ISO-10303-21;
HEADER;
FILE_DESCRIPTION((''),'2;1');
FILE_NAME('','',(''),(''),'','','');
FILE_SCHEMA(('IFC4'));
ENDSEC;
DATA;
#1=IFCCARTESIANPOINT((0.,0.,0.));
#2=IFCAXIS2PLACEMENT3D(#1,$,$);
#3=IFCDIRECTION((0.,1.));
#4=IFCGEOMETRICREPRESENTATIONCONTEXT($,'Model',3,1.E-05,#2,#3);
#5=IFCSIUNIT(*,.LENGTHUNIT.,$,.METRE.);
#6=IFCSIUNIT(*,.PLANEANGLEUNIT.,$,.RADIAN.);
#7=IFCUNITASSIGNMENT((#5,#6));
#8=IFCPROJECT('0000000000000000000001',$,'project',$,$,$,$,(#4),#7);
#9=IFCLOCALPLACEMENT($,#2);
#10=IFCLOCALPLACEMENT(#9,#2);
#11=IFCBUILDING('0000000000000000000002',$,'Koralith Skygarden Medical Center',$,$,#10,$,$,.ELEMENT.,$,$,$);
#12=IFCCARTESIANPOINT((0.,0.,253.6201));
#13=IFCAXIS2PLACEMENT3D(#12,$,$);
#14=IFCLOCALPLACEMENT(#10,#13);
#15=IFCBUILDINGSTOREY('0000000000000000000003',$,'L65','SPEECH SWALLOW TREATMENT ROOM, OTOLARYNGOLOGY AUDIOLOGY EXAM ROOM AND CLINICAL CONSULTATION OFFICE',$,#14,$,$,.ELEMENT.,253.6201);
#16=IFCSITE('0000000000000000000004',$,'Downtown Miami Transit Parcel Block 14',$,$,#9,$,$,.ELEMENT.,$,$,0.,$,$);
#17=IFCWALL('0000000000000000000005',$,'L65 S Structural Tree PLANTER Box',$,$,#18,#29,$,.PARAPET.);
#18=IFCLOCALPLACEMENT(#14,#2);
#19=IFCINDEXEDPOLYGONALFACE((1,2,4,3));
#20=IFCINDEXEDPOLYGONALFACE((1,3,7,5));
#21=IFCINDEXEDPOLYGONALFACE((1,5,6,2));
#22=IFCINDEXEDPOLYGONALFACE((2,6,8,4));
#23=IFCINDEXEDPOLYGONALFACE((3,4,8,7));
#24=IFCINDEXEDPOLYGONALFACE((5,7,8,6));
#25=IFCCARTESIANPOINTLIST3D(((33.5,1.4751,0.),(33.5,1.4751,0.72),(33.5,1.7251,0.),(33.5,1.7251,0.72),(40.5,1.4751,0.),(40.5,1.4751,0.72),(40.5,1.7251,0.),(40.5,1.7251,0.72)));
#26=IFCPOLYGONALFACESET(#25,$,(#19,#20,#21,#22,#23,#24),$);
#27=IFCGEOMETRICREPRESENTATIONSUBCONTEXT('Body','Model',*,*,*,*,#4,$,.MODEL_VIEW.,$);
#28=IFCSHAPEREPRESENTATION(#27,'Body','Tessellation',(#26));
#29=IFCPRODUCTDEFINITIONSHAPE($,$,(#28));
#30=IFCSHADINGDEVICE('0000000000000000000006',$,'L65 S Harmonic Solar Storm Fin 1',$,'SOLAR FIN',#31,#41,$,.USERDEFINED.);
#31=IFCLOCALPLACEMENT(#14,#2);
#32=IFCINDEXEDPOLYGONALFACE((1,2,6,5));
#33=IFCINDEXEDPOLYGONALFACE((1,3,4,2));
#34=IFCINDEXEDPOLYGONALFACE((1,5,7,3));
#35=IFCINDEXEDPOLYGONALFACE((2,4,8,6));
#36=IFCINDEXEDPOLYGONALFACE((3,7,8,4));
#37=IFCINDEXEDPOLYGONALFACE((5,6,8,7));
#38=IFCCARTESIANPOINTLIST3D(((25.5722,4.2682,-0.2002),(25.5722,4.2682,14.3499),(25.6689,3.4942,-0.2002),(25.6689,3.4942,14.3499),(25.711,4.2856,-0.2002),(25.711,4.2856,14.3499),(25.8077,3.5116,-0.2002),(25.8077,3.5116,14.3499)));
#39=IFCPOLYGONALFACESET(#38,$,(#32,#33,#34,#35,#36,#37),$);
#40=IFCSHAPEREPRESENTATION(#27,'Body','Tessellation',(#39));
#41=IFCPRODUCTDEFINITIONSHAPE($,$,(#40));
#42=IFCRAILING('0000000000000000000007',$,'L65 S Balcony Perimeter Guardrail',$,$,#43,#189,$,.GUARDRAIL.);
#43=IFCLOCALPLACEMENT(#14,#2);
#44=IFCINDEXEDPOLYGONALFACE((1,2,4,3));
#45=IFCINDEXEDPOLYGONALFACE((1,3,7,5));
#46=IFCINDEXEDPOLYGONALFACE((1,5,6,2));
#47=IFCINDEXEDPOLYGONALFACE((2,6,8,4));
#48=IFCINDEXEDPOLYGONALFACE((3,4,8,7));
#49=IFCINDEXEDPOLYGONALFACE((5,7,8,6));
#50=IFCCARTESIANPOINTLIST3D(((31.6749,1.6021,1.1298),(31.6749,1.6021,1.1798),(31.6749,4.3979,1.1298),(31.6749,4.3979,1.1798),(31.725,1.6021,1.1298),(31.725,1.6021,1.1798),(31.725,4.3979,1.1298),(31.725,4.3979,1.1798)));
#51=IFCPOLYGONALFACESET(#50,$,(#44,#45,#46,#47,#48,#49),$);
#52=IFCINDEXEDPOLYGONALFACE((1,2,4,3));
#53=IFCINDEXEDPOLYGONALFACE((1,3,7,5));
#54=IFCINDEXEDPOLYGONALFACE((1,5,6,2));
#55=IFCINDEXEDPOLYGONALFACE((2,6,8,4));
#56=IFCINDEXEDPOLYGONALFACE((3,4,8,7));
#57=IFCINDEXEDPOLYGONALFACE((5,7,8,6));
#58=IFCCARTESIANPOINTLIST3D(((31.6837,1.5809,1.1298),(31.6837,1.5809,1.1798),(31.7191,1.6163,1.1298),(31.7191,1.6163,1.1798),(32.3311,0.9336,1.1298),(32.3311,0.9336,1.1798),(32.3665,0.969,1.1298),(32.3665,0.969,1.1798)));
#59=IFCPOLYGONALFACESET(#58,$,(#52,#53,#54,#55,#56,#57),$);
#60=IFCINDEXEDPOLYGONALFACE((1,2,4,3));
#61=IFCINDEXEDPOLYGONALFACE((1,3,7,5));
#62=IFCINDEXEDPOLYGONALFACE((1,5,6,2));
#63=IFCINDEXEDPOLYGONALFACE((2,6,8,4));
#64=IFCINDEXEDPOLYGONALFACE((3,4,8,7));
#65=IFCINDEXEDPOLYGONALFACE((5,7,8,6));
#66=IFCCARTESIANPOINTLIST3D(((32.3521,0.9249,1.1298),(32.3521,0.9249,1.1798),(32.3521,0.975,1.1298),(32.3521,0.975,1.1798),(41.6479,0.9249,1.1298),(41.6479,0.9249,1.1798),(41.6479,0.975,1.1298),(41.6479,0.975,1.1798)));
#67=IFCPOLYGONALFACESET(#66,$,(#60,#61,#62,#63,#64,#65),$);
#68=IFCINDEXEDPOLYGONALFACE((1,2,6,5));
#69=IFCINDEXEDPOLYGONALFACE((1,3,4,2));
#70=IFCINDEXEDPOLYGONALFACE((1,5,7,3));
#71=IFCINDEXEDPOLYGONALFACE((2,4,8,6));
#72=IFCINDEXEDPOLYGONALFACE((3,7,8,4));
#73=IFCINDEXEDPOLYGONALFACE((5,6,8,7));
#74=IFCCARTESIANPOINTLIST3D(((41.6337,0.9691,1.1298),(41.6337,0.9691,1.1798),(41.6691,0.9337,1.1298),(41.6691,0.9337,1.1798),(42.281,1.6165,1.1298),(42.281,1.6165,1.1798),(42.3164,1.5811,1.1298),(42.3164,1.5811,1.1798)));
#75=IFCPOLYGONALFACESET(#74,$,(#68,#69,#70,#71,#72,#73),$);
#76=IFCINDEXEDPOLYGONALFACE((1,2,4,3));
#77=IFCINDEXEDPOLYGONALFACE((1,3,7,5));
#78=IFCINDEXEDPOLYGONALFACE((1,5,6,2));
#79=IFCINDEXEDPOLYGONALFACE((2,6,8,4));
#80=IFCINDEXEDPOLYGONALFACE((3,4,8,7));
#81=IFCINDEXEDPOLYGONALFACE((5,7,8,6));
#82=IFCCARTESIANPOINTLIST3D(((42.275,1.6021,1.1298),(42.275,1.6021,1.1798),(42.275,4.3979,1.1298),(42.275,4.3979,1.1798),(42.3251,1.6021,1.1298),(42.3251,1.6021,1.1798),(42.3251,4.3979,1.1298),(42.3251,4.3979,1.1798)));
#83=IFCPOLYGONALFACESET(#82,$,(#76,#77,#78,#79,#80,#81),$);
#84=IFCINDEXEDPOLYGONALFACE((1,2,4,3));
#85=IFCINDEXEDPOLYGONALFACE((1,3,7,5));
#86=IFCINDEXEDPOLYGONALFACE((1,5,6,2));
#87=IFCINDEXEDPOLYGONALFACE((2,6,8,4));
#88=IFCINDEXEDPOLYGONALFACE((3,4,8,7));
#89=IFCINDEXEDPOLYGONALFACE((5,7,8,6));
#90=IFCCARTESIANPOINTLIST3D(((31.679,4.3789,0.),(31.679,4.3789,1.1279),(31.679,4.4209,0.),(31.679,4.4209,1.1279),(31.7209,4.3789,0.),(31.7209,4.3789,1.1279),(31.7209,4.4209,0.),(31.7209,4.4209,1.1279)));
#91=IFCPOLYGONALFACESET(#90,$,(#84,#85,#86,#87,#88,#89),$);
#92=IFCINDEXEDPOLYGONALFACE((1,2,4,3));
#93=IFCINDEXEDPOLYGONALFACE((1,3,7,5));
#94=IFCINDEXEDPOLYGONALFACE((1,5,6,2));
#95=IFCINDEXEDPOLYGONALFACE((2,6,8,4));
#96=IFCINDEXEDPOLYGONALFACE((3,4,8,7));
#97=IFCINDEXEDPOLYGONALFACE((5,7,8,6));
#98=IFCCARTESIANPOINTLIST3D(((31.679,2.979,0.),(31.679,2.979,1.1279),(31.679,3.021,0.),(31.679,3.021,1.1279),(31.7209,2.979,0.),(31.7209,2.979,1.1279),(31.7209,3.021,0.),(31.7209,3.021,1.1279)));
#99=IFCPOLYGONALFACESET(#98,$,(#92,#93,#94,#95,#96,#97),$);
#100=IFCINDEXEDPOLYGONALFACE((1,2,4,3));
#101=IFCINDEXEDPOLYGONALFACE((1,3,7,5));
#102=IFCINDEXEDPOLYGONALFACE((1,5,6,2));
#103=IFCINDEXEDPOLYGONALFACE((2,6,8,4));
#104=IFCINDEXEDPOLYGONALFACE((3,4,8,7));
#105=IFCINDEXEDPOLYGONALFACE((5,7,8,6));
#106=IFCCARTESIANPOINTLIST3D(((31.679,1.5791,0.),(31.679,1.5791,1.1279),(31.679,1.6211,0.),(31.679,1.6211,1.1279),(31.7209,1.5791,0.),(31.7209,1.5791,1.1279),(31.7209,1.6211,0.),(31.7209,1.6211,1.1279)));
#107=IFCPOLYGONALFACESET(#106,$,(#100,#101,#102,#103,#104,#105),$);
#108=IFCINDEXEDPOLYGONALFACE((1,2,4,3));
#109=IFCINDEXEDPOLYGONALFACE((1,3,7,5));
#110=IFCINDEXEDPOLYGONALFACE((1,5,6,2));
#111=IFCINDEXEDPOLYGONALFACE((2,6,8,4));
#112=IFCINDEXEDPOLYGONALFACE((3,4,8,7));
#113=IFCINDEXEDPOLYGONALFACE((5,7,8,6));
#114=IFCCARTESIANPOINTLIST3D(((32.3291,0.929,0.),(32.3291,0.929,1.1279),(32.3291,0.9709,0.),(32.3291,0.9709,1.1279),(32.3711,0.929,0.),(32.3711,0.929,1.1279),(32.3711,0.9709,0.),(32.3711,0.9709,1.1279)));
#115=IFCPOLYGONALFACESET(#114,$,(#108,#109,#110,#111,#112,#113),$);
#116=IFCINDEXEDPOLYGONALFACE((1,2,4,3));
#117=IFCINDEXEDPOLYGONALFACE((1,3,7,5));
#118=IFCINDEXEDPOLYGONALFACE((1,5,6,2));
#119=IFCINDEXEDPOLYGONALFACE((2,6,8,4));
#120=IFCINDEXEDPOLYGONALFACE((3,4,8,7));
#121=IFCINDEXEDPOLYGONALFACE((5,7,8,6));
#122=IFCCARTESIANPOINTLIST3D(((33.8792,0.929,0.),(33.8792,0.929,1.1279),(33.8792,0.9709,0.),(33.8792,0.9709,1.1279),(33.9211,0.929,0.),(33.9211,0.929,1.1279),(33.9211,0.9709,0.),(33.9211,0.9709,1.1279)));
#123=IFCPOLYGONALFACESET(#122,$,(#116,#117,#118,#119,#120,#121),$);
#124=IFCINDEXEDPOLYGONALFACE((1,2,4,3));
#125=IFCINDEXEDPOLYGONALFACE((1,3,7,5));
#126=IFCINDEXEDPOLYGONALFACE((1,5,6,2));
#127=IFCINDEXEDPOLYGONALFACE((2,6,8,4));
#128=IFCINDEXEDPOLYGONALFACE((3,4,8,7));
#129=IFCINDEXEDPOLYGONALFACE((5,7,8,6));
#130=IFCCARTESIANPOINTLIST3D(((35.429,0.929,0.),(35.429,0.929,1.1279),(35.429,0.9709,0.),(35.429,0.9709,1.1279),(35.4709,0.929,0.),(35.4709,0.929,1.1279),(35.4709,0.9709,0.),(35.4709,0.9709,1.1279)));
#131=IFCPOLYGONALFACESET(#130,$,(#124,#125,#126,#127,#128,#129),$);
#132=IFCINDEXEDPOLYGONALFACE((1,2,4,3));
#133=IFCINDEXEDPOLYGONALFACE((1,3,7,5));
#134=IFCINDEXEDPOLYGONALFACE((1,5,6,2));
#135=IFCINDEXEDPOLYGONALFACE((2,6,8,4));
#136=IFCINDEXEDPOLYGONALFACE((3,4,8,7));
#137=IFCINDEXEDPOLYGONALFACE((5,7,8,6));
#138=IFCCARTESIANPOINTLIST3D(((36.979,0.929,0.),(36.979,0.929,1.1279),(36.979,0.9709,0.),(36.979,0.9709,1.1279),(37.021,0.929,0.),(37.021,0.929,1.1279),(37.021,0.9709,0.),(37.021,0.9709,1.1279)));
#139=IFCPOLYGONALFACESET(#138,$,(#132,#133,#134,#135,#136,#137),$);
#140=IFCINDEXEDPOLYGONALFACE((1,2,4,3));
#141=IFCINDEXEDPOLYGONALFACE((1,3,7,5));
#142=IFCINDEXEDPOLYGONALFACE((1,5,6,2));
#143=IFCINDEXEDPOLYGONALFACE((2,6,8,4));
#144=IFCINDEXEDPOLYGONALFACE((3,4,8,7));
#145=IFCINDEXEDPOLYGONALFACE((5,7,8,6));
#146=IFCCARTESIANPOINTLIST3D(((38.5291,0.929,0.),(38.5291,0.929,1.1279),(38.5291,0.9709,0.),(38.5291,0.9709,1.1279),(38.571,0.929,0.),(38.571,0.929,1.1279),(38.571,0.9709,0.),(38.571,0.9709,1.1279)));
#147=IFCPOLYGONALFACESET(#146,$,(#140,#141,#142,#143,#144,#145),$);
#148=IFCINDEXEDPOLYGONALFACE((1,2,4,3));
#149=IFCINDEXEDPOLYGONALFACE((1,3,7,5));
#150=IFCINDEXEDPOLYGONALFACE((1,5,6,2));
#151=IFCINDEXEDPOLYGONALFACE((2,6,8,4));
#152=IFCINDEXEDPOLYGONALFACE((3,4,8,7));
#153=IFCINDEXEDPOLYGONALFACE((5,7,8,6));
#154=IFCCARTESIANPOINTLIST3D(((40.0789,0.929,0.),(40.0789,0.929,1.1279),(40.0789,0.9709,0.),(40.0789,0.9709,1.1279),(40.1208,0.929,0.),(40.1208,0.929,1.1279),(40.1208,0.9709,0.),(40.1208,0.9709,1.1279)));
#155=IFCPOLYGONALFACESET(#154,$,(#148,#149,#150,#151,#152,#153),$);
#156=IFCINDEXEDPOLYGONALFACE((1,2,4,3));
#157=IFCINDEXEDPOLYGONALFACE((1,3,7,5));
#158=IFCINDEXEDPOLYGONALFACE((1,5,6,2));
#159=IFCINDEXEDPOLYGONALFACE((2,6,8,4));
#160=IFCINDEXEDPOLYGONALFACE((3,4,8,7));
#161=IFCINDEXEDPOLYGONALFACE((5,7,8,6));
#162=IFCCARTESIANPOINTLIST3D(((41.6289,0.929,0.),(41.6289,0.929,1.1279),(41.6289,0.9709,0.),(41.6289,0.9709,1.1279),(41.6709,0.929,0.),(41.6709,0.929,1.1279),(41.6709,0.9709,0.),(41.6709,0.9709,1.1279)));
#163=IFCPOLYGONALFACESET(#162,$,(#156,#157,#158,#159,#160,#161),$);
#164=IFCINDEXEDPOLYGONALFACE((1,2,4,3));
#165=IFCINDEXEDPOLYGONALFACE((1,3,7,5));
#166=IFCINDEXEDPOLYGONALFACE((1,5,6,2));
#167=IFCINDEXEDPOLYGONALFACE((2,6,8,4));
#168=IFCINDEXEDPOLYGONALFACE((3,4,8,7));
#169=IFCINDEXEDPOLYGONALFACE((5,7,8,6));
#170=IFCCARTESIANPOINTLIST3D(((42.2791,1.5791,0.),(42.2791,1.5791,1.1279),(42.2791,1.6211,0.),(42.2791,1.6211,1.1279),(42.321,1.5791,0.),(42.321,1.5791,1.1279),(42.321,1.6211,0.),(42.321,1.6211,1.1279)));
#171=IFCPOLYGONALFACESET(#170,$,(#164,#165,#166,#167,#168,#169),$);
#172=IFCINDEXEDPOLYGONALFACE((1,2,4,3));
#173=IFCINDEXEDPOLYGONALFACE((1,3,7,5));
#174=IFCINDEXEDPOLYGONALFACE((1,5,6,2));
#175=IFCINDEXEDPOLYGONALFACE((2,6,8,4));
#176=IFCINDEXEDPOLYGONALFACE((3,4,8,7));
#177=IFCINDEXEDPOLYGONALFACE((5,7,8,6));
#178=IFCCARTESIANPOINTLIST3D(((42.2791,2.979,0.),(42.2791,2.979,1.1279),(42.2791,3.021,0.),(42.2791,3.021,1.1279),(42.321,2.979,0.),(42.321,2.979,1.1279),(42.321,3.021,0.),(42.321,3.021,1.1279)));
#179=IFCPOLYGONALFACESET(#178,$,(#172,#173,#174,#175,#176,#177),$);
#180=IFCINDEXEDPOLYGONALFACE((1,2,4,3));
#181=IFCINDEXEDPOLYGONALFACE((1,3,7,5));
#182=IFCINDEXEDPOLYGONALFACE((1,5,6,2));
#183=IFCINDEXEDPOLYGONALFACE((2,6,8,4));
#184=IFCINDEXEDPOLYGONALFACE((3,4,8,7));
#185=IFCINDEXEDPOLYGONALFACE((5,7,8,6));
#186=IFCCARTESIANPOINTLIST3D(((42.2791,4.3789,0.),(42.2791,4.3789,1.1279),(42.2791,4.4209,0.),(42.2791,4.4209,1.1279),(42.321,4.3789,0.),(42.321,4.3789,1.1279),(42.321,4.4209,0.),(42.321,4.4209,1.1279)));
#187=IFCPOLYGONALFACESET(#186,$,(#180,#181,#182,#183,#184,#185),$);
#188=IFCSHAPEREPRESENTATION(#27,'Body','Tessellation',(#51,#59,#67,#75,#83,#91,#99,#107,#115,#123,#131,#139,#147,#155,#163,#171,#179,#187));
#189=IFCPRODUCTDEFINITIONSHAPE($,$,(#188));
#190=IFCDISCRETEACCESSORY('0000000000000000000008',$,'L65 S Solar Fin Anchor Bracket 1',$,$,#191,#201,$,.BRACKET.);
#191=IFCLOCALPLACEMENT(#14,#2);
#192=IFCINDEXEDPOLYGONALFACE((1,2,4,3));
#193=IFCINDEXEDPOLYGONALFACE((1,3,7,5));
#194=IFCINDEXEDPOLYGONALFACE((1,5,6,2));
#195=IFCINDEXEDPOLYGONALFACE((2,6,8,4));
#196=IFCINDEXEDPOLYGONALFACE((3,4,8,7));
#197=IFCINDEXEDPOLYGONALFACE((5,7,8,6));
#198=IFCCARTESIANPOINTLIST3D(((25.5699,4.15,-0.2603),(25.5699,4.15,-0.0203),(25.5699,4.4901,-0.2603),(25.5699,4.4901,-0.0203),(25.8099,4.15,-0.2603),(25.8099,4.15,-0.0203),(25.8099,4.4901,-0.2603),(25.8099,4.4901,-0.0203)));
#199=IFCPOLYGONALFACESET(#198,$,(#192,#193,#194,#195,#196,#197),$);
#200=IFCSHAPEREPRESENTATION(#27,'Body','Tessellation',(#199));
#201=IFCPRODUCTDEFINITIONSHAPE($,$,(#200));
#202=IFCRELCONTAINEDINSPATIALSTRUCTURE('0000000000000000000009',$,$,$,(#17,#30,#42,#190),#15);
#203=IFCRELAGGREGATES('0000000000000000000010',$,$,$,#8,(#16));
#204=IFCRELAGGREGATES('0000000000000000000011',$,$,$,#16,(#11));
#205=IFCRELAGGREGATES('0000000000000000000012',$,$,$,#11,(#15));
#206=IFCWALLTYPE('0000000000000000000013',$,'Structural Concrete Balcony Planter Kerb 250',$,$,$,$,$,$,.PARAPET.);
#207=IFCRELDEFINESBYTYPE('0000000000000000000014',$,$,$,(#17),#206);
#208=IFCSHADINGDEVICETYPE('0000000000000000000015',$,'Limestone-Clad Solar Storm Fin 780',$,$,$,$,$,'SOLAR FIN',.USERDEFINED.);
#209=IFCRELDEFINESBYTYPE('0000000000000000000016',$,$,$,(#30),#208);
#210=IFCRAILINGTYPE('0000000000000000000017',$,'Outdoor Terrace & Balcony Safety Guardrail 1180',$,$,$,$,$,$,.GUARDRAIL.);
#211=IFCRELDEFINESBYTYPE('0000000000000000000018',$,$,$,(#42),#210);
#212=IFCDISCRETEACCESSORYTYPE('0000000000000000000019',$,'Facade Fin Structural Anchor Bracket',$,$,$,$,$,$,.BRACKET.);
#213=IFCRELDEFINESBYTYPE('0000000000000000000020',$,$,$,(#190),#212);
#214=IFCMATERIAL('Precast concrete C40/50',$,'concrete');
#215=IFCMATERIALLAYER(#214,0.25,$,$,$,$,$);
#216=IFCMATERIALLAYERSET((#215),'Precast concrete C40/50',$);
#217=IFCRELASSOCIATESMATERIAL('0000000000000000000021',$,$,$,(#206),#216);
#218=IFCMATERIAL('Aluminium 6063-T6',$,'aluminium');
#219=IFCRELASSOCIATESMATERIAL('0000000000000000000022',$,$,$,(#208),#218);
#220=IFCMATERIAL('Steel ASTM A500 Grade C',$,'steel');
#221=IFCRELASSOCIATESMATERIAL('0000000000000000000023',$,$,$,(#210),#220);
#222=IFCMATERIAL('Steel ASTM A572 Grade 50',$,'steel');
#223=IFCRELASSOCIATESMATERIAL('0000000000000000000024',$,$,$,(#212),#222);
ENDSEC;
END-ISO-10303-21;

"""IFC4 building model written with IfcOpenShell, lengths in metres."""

from ifc_helpers import new_model, si_unit, direction, frame, frame_2d, origin, origin_2d, place, context, subcontext, project, spatial, rectangle, extrude, material, layer, layer_set, type_object, element, save


model = new_model("IFC4")

# Units and contexts
model_context = context("Model", 3, precision=1e-05, world=origin(), true_north=direction((0.0, 1.0)))
body_context = subcontext(model_context, "Body", "Model", "MODEL_VIEW")
ifc_project = project(units=[si_unit("LENGTHUNIT", "METRE"), si_unit("PLANEANGLEUNIT", "RADIAN")], contexts=[model_context])

# Site, building, storey
site_placement = place(None, origin())
site = spatial("IfcSite", under=ifc_project, at=site_placement, Name="Downtown Miami Transit Parcel Block 14", CompositionType="ELEMENT", RefElevation=0.0)
building_placement = place(site_placement, origin())
building = spatial("IfcBuilding", under=site, at=building_placement, Name="Koralith Skygarden Medical Center", CompositionType="ELEMENT")
storey_placement = place(building_placement, frame((0.0, 0.0, 253.6201)))
storey = spatial("IfcBuildingStorey", under=building, at=storey_placement, Name="L65", Description="SPEECH SWALLOW TREATMENT ROOM, OTOLARYNGOLOGY AUDIOLOGY EXAM ROOM AND CLINICAL CONSULTATION OFFICE", CompositionType="ELEMENT", Elevation=253.6201)

# Shared definitions
ifc_material_1 = material(Name="Aluminium 6063-T6", Category="aluminium")

# Wall
ifc_material_2 = material(Name="Precast concrete C40/50", Category="concrete")
ifc_layer_1 = layer(ifc_material_2, 0.25)
ifc_layer_set_1 = layer_set([ifc_layer_1], Name="Precast concrete C40/50")
wall_type_1 = type_object("IfcWallType", Name="Structural Concrete Balcony Planter Kerb 250", PredefinedType="PARAPET", material=ifc_layer_set_1)
wall_1_placement = place(storey_placement, frame((33.5, 1.6001, 0.0), z_axis=(0.0, 0.0, 1.0), x_axis=(1.0, 0.0, 0.0)))
element("IfcWall", 1, at=wall_1_placement, inside=storey, type_object=wall_type_1, Name="L65 S Structural Tree PLANTER Box", PredefinedType="PARAPET", context=body_context, shape_type="SweptSolid", body=[
    extrude(rectangle(XDim=7.0, YDim=0.25, at=frame_2d((3.5, 0.0))), origin(), (0.0, 0.0, 1.0), 0.72),
])

# Shading device
shading_device_type = type_object("IfcShadingDeviceType", Name="Limestone-Clad Solar Storm Fin 780", ElementType="SOLAR FIN", PredefinedType="USERDEFINED", material=ifc_material_1)
shading_device_placement = place(storey_placement, frame((25.6899, 3.8899, -0.2002), z_axis=(0.0, 0.0, 1.0), x_axis=(0.124, -0.992282, 0.0)))
element("IfcShadingDevice", 2, at=shading_device_placement, inside=storey, type_object=shading_device_type, Name="L65 S Harmonic Solar Storm Fin 1", ObjectType="SOLAR FIN", PredefinedType="USERDEFINED", context=body_context, shape_type="SweptSolid", body=[
    extrude(rectangle(XDim=0.78, YDim=0.1399, at=origin_2d()), origin(), (0.0, 0.0, 1.0), 14.55),
])

# Railing
ifc_material_3 = material(Name="Steel ASTM A500 Grade C", Category="steel")
railing_type = type_object("IfcRailingType", Name="Outdoor Terrace & Balcony Safety Guardrail 1180", PredefinedType="GUARDRAIL", material=ifc_material_3)
railing_placement = place(storey_placement, frame((31.7, 4.3999, 0.0)))
element("IfcRailing", 3, at=railing_placement, inside=storey, type_object=railing_type, Name="L65 S Balcony Perimeter Guardrail", PredefinedType="GUARDRAIL", context=body_context, shape_type="SweptSolid", body=[
    extrude(rectangle(XDim=0.05, YDim=0.05, at=origin_2d()), frame((0.0, -0.002, 1.1548), z_axis=(0.0, -1.0, 0.0), x_axis=(1.0, 0.0, 0.0)), (0.0, 0.0, 1.0), 2.7959),
    extrude(rectangle(XDim=0.05, YDim=0.05, at=origin_2d()), frame((0.0015, -2.8013, 1.1548), z_axis=(0.707107, -0.707107, 0.0), x_axis=(0.707107, 0.707107, 0.0)), (0.0, 0.0, 1.0), 0.9155),
    extrude(rectangle(XDim=0.05, YDim=0.05, at=origin_2d()), frame((0.6521, -3.45, 1.1548), z_axis=(1.0, 0.0, 0.0), x_axis=(0.0, 1.0, 0.0)), (0.0, 0.0, 1.0), 9.2959),
    extrude(rectangle(XDim=0.05, YDim=0.05, at=origin_2d()), frame((9.9514, -3.4485, 1.1548), z_axis=(0.707107, 0.707107, 0.0), x_axis=(-0.707107, 0.707107, 0.0)), (0.0, 0.0, 1.0), 0.9155),
    extrude(rectangle(XDim=0.05, YDim=0.05, at=origin_2d()), frame((10.6001, -2.7979, 1.1548), z_axis=(0.0, 1.0, 0.0), x_axis=(-1.0, 0.0, 0.0)), (0.0, 0.0, 1.0), 2.7959),
    extrude(rectangle(XDim=0.042, YDim=0.042, at=origin_2d()), origin(), (0.0, 0.0, 1.0), 1.1279),
    extrude(rectangle(XDim=0.042, YDim=0.042, at=origin_2d()), frame((0.0, -1.3999, 0.0)), (0.0, 0.0, 1.0), 1.1279),
    extrude(rectangle(XDim=0.042, YDim=0.042, at=origin_2d()), frame((0.0, -2.7998, 0.0)), (0.0, 0.0, 1.0), 1.1279),
    extrude(rectangle(XDim=0.042, YDim=0.042, at=origin_2d()), frame((0.6501, -3.45, 0.0)), (0.0, 0.0, 1.0), 1.1279),
    extrude(rectangle(XDim=0.042, YDim=0.042, at=origin_2d()), frame((2.2002, -3.45, 0.0)), (0.0, 0.0, 1.0), 1.1279),
    extrude(rectangle(XDim=0.042, YDim=0.042, at=origin_2d()), frame((3.75, -3.45, 0.0)), (0.0, 0.0, 1.0), 1.1279),
    extrude(rectangle(XDim=0.042, YDim=0.042, at=origin_2d()), frame((5.3, -3.45, 0.0)), (0.0, 0.0, 1.0), 1.1279),
    extrude(rectangle(XDim=0.042, YDim=0.042, at=origin_2d()), frame((6.8501, -3.45, 0.0)), (0.0, 0.0, 1.0), 1.1279),
    extrude(rectangle(XDim=0.042, YDim=0.042, at=origin_2d()), frame((8.3999, -3.45, 0.0)), (0.0, 0.0, 1.0), 1.1279),
    extrude(rectangle(XDim=0.042, YDim=0.042, at=origin_2d()), frame((9.95, -3.45, 0.0)), (0.0, 0.0, 1.0), 1.1279),
    extrude(rectangle(XDim=0.042, YDim=0.042, at=origin_2d()), frame((10.6001, -2.7998, 0.0)), (0.0, 0.0, 1.0), 1.1279),
    extrude(rectangle(XDim=0.042, YDim=0.042, at=origin_2d()), frame((10.6001, -1.3999, 0.0)), (0.0, 0.0, 1.0), 1.1279),
    extrude(rectangle(XDim=0.042, YDim=0.042, at=origin_2d()), frame((10.6001, 0.0, 0.0)), (0.0, 0.0, 1.0), 1.1279),
])

# Discrete accessory
ifc_material_4 = material(Name="Steel ASTM A572 Grade 50", Category="steel")
discrete_accessory_type = type_object("IfcDiscreteAccessoryType", Name="Facade Fin Structural Anchor Bracket", PredefinedType="BRACKET", material=ifc_material_4)
discrete_accessory_placement = place(storey_placement, frame((25.6899, 4.3201, -0.2603), z_axis=(0.0, 0.0, 1.0), x_axis=(0.0, -1.0, 0.0)))
element("IfcDiscreteAccessory", 4, at=discrete_accessory_placement, inside=storey, type_object=discrete_accessory_type, Name="L65 S Solar Fin Anchor Bracket 1", PredefinedType="BRACKET", context=body_context, shape_type="SweptSolid", body=[
    extrude(rectangle(XDim=0.3401, YDim=0.24, at=origin_2d()), origin(), (0.0, 0.0, 1.0), 0.24),
])

save(model, "model.ifc")
